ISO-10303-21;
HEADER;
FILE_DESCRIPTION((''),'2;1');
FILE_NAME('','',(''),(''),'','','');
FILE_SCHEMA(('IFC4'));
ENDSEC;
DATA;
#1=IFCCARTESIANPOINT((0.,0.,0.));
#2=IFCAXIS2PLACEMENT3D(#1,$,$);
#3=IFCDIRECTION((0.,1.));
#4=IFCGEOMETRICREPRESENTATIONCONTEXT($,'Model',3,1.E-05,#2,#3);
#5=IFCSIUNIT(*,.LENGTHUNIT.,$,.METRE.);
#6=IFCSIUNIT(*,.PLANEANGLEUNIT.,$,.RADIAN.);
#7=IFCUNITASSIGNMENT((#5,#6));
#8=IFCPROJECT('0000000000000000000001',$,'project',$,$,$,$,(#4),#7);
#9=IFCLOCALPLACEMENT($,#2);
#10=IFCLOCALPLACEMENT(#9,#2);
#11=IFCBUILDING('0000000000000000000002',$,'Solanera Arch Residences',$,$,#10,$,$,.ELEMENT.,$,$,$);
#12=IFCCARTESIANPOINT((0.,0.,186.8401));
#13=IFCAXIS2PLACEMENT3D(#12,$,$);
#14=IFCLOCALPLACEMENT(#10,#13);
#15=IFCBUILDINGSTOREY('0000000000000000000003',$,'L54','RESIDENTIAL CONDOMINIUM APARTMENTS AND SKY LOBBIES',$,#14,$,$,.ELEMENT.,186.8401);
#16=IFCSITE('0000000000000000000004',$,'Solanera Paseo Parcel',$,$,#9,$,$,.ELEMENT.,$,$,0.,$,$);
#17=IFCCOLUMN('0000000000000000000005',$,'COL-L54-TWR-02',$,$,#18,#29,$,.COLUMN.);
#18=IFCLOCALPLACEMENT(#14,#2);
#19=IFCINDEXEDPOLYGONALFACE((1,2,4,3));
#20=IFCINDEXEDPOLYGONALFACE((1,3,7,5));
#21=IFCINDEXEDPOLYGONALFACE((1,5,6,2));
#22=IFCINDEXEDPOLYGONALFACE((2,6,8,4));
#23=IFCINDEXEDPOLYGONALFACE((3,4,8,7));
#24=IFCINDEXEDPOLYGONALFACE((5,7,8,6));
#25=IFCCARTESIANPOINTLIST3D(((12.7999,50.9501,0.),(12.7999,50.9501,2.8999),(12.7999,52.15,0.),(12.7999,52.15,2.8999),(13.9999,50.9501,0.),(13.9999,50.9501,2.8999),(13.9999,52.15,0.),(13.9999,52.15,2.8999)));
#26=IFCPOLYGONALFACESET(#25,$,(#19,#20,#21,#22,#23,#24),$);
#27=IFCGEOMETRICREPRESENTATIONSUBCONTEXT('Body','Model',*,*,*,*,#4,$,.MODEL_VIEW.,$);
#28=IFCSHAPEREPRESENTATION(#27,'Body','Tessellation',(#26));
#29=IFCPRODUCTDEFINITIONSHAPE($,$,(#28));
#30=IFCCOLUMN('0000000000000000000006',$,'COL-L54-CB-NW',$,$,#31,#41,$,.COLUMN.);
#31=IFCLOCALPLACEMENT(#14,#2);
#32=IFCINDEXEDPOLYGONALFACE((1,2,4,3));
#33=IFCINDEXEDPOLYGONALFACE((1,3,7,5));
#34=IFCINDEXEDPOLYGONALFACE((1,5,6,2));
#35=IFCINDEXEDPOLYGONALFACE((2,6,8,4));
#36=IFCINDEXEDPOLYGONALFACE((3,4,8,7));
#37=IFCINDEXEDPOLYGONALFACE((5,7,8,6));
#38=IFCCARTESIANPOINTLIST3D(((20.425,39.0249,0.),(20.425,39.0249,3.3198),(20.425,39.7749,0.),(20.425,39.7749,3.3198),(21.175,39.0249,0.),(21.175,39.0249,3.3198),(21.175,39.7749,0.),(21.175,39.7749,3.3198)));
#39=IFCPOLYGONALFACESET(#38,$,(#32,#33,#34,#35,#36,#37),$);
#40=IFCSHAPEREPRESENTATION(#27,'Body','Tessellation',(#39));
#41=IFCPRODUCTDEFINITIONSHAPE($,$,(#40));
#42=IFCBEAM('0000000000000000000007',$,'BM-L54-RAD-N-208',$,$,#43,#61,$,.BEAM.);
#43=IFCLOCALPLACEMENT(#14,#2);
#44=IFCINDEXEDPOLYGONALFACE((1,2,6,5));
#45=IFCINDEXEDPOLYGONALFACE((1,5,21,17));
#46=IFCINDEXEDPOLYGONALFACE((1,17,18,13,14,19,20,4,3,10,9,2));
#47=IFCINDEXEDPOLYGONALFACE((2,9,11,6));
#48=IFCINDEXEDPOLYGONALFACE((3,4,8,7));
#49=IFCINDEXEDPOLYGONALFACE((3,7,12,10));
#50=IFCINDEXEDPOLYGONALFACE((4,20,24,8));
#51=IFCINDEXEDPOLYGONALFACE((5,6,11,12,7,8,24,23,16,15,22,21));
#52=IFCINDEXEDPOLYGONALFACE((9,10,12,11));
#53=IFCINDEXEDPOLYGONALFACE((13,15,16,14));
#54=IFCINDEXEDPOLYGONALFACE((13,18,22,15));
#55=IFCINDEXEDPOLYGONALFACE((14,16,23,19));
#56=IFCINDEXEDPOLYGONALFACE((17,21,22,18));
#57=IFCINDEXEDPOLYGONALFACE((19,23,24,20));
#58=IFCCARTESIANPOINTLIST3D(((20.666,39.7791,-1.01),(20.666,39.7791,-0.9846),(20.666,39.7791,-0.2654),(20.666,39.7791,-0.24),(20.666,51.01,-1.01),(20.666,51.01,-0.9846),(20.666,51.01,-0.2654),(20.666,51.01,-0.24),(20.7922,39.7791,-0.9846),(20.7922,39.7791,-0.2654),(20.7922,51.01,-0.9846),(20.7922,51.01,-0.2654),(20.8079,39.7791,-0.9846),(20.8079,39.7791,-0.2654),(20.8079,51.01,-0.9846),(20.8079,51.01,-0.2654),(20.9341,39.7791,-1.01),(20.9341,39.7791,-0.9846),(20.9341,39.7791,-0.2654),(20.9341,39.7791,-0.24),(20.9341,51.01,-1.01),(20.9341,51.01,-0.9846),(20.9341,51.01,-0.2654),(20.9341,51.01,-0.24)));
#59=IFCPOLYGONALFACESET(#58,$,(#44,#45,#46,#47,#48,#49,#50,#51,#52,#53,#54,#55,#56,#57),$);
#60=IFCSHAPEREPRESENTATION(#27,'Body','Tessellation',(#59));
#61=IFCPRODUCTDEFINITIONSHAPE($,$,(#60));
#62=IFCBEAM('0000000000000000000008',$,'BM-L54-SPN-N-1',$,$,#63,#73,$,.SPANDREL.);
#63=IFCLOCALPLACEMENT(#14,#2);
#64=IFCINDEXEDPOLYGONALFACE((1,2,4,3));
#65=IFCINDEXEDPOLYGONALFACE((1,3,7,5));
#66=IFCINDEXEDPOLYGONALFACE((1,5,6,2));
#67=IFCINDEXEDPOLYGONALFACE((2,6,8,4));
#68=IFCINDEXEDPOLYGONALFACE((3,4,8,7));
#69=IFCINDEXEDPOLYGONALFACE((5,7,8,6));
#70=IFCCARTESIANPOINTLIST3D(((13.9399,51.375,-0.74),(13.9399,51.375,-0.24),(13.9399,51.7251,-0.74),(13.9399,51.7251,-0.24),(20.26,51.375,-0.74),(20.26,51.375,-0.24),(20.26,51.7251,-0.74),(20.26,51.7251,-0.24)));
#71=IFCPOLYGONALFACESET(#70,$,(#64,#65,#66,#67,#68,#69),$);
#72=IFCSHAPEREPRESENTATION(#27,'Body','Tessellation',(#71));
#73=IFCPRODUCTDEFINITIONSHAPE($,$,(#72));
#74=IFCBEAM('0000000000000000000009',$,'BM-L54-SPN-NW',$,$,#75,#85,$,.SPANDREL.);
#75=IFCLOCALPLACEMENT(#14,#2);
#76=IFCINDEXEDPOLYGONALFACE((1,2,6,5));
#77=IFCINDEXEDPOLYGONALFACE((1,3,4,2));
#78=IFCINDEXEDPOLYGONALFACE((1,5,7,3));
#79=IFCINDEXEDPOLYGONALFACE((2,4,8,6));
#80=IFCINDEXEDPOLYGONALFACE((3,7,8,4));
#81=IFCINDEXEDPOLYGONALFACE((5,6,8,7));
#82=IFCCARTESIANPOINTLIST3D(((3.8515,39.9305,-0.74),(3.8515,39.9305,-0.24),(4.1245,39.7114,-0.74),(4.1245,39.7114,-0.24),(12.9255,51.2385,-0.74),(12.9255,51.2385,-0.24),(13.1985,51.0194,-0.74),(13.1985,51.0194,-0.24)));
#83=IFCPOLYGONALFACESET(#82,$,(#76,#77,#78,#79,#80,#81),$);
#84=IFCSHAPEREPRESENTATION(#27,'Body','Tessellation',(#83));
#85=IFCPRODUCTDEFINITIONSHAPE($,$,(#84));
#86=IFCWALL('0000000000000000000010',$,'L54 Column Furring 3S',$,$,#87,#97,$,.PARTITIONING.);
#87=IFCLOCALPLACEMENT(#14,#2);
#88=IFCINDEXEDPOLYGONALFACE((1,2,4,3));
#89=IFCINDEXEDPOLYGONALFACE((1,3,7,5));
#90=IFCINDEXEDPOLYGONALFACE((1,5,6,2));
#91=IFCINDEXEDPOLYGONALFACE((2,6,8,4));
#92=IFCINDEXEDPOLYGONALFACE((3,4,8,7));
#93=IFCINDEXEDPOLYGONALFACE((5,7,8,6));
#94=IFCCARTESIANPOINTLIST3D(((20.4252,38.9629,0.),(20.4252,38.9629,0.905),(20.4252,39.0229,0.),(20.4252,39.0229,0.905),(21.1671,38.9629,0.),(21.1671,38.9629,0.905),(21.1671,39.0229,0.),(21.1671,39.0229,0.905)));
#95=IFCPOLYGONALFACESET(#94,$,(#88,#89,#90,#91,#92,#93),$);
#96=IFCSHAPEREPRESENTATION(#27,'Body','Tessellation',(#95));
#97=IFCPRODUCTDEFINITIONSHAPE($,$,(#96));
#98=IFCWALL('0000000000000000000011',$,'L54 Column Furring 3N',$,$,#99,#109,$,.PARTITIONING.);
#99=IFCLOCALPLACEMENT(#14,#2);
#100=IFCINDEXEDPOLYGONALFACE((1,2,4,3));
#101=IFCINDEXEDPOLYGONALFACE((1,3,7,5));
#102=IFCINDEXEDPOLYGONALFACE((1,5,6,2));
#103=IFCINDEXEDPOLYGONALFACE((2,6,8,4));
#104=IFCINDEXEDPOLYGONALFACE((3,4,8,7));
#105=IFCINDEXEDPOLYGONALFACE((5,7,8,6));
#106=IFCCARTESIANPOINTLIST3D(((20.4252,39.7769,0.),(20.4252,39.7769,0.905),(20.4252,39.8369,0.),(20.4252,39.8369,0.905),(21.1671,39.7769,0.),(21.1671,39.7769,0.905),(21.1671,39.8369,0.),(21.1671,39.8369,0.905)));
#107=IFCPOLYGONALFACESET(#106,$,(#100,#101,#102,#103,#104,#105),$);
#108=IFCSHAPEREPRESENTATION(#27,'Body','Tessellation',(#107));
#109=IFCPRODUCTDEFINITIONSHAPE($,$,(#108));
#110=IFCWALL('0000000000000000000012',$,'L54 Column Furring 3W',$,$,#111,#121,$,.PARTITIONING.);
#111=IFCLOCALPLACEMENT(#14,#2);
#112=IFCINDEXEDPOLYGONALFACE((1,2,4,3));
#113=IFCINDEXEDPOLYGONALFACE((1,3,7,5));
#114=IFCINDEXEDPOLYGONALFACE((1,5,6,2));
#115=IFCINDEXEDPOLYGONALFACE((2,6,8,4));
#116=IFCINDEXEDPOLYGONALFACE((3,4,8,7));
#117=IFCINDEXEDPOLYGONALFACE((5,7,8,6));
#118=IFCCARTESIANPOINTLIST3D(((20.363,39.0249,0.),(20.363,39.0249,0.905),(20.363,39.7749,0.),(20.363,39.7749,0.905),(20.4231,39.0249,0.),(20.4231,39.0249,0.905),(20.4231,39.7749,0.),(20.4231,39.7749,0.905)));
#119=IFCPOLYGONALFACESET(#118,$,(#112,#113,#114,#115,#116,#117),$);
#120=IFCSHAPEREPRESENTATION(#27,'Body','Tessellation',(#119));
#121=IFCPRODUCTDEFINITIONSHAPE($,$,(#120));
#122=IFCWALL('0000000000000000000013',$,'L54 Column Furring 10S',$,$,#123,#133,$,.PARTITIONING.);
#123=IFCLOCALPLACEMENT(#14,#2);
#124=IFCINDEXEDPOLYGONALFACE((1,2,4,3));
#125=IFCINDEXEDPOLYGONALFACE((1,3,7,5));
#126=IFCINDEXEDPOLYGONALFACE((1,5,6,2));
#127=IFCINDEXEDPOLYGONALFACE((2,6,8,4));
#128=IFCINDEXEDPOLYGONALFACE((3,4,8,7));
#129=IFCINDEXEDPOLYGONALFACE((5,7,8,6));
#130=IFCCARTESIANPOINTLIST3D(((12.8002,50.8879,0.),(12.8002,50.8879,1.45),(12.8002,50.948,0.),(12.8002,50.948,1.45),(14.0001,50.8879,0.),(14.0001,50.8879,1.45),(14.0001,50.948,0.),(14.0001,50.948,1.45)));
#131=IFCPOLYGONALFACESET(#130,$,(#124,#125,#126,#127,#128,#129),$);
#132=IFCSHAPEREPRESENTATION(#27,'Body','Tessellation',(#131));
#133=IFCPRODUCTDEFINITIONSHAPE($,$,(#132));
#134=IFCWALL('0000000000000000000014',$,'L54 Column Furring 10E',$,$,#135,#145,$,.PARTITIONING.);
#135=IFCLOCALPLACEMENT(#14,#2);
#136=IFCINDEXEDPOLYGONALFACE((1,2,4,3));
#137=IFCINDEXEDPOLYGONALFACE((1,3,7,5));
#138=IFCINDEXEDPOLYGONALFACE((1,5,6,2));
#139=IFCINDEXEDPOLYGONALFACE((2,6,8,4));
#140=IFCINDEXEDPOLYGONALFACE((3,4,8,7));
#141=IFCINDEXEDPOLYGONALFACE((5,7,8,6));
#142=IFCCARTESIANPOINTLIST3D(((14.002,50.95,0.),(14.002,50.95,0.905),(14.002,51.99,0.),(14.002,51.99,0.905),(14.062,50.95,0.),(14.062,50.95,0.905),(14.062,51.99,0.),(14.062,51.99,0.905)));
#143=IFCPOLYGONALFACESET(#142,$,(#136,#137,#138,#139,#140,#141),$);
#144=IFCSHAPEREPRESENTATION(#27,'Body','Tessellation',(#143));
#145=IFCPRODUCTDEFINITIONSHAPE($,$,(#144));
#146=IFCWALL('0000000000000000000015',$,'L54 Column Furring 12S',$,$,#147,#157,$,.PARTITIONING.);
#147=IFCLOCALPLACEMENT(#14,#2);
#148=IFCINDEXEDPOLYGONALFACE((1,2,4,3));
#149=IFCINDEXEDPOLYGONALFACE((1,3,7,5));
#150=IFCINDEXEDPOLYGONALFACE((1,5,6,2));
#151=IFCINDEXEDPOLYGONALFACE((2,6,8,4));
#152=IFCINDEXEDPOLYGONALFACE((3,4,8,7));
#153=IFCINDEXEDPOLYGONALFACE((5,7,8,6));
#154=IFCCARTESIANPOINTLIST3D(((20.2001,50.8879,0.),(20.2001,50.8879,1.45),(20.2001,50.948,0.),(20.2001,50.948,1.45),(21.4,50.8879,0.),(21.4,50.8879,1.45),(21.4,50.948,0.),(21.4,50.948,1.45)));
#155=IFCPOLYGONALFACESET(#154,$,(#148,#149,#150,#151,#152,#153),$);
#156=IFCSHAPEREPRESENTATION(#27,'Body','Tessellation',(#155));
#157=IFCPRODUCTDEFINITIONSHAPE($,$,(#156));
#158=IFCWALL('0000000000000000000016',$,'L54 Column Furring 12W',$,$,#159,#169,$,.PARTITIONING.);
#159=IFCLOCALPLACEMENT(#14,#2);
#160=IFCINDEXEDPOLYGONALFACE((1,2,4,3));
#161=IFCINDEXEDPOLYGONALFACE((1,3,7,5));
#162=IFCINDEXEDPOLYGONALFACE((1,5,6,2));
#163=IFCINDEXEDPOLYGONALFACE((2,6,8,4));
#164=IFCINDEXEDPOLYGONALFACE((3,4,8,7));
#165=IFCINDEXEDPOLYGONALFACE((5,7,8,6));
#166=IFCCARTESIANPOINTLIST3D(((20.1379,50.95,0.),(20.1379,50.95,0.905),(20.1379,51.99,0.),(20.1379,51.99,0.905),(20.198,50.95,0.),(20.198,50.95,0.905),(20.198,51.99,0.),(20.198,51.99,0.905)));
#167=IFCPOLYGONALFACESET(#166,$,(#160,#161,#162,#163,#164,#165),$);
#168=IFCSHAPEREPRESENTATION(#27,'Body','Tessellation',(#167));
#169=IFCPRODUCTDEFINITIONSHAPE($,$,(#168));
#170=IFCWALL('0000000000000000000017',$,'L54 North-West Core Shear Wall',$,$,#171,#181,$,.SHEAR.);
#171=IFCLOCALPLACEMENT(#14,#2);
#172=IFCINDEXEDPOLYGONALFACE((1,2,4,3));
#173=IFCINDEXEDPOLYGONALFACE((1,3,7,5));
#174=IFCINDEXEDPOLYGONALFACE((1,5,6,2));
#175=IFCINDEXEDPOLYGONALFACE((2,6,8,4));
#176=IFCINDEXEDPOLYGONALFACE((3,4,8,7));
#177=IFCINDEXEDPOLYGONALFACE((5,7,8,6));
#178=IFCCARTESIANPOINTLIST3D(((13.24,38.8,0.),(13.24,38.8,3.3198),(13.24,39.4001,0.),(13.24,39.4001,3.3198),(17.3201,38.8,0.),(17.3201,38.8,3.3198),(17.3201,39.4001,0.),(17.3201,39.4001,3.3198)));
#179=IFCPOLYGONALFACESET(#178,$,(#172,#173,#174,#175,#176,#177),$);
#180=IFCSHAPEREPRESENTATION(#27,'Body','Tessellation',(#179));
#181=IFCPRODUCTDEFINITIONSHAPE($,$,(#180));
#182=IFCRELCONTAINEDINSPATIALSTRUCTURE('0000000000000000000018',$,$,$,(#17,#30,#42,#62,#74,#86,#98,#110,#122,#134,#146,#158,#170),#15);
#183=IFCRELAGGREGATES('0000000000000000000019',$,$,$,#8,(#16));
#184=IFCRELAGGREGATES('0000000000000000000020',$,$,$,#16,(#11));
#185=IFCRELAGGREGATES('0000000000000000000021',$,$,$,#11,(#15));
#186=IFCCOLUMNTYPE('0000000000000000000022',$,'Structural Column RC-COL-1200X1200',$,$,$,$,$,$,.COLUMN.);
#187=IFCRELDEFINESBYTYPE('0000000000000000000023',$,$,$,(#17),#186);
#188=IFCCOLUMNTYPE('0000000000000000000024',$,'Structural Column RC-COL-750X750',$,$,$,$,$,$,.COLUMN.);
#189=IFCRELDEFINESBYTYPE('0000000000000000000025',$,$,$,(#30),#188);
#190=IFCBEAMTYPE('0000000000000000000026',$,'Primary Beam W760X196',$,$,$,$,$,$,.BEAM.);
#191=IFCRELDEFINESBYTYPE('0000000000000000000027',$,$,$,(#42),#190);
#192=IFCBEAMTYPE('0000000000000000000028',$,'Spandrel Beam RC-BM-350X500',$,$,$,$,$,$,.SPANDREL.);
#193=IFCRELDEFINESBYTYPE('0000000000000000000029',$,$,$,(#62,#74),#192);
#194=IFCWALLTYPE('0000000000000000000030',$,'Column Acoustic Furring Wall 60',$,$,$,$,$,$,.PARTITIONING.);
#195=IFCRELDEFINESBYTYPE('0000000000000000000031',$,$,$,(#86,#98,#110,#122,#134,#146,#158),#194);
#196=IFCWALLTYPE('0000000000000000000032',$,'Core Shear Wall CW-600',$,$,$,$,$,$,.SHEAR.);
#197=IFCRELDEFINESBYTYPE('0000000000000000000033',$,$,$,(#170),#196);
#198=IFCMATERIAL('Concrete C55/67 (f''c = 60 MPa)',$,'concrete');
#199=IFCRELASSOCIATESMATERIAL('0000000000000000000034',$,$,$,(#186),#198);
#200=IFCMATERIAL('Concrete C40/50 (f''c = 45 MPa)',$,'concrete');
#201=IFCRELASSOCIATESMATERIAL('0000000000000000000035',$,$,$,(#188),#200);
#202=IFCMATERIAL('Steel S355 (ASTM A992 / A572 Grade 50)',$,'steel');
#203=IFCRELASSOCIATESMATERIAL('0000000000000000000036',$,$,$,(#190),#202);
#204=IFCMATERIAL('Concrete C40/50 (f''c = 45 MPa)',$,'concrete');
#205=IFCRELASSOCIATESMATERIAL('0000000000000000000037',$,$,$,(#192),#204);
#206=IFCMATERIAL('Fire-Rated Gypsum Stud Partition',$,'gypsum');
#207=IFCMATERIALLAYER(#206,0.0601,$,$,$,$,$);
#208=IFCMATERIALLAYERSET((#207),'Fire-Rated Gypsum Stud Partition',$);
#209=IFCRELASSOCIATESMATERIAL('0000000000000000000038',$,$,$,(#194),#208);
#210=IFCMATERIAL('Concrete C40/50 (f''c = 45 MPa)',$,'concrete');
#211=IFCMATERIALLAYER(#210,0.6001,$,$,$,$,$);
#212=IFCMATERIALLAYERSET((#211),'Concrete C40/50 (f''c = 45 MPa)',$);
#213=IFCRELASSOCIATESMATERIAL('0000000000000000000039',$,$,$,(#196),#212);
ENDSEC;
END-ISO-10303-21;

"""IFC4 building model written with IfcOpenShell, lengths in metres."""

from ifc_helpers import new_model, si_unit, direction, frame, frame_2d, origin, origin_2d, place, context, subcontext, project, spatial, rectangle, i_section, extrude, material, layer, layer_set, material_profile, profile_set, type_object, element, save


model = new_model("IFC4")

# Units and contexts
model_context = context("Model", 3, precision=1e-05, world=origin(), true_north=direction((0.0, 1.0)))
body_context = subcontext(model_context, "Body", "Model", "MODEL_VIEW")
ifc_project = project(units=[si_unit("LENGTHUNIT", "METRE"), si_unit("PLANEANGLEUNIT", "RADIAN")], contexts=[model_context])

# Site, building, storey
site_placement = place(None, origin())
site = spatial("IfcSite", under=ifc_project, at=site_placement, Name="Solanera Paseo Parcel", CompositionType="ELEMENT", RefElevation=0.0)
building_placement = place(site_placement, origin())
building = spatial("IfcBuilding", under=site, at=building_placement, Name="Solanera Arch Residences", CompositionType="ELEMENT")
storey_placement = place(building_placement, frame((0.0, 0.0, 186.8401)))
storey = spatial("IfcBuildingStorey", under=building, at=storey_placement, Name="L54", Description="RESIDENTIAL CONDOMINIUM APARTMENTS AND SKY LOBBIES", CompositionType="ELEMENT", Elevation=186.8401)

# Columns
ifc_material_1 = material(Name="Concrete C55/67 (f'c = 60 MPa)", Category="concrete")
ifc_material_profile_1 = material_profile(ifc_material_1, rectangle(XDim=1.2, YDim=1.2, at=origin_2d()))
ifc_profile_set_1 = profile_set([ifc_material_profile_1], Name="Concrete C55/67 (f'c = 60 MPa)")
column_type_1 = type_object("IfcColumnType", Name="Structural Column RC-COL-1200X1200", PredefinedType="COLUMN", material=ifc_profile_set_1)
column_1_placement = place(storey_placement, frame((13.3999, 51.55, 0.0), z_axis=(0.0, 0.0, 1.0), x_axis=(1.0, 0.0, 0.0)))
element("IfcColumn", 1, at=column_1_placement, inside=storey, type_object=column_type_1, Name="COL-L54-TWR-02", PredefinedType="COLUMN", context=body_context, shape_type="SweptSolid", body=[
    extrude(rectangle(XDim=1.2, YDim=1.2, at=origin_2d()), origin(), (0.0, 0.0, 1.0), 2.8999),
])
ifc_material_2 = material(Name="Concrete C40/50 (f'c = 45 MPa)", Category="concrete")
ifc_material_profile_2 = material_profile(ifc_material_2, rectangle(XDim=0.75, YDim=0.75, at=origin_2d()))
ifc_profile_set_2 = profile_set([ifc_material_profile_2], Name="Concrete C40/50 (f'c = 45 MPa)")
column_type_2 = type_object("IfcColumnType", Name="Structural Column RC-COL-750X750", PredefinedType="COLUMN", material=ifc_profile_set_2)
column_2_placement = place(storey_placement, frame((20.8, 39.3999, 0.0), z_axis=(0.0, 0.0, 1.0), x_axis=(1.0, 0.0, 0.0)))
element("IfcColumn", 2, at=column_2_placement, inside=storey, type_object=column_type_2, Name="COL-L54-CB-NW", PredefinedType="COLUMN", context=body_context, shape_type="SweptSolid", body=[
    extrude(rectangle(XDim=0.75, YDim=0.75, at=origin_2d()), origin(), (0.0, 0.0, 1.0), 3.3198),
])

# Beams
ifc_material_3 = material(Name="Steel S355 (ASTM A992 / A572 Grade 50)", Category="steel")
ifc_material_profile_3 = material_profile(ifc_material_3, i_section(OverallWidth=0.2681, OverallDepth=0.77, WebThickness=0.0156, FlangeThickness=0.0254, at=origin_2d()))
ifc_profile_set_3 = profile_set([ifc_material_profile_3], Name="Steel S355 (ASTM A992 / A572 Grade 50)")
beam_type_1 = type_object("IfcBeamType", Name="Primary Beam W760X196", PredefinedType="BEAM", material=ifc_profile_set_3)
beam_1_placement = place(storey_placement, frame((20.8, 39.7791, -0.625), z_axis=(0.0, 1.0, 0.0), x_axis=(-1.0, 0.0, 0.0)))
element("IfcBeam", 3, at=beam_1_placement, inside=storey, type_object=beam_type_1, Name="BM-L54-RAD-N-208", PredefinedType="BEAM", context=body_context, shape_type="SweptSolid", body=[
    extrude(i_section(OverallWidth=0.2681, OverallDepth=0.77, WebThickness=0.0156, FlangeThickness=0.0254, at=origin_2d()), origin(), (0.0, 0.0, 1.0), 11.231),
])
ifc_material_4 = material(Name="Concrete C40/50 (f'c = 45 MPa)", Category="concrete")
ifc_material_profile_4 = material_profile(ifc_material_4, rectangle(XDim=0.3501, YDim=0.5, at=origin_2d()))
ifc_profile_set_4 = profile_set([ifc_material_profile_4], Name="Concrete C40/50 (f'c = 45 MPa)")
beam_type_2 = type_object("IfcBeamType", Name="Spandrel Beam RC-BM-350X500", PredefinedType="SPANDREL", material=ifc_profile_set_4)
beam_2_placement = place(storey_placement, frame((13.9399, 51.55, -0.49), z_axis=(1.0, 0.0, 0.0), x_axis=(0.0, 1.0, 0.0)))
element("IfcBeam", 4, at=beam_2_placement, inside=storey, type_object=beam_type_2, Name="BM-L54-SPN-N-1", PredefinedType="SPANDREL", context=body_context, shape_type="SweptSolid", body=[
    extrude(rectangle(XDim=0.3501, YDim=0.5, at=origin_2d()), origin(), (0.0, 0.0, 1.0), 6.3201),
])
beam_3_placement = place(storey_placement, frame((13.062, 51.1289, -0.49), z_axis=(-0.625859, -0.779936, 0.0), x_axis=(0.779936, -0.625859, 0.0)))
element("IfcBeam", 5, at=beam_3_placement, inside=storey, type_object=beam_type_2, Name="BM-L54-SPN-NW", PredefinedType="SPANDREL", context=body_context, shape_type="SweptSolid", body=[
    extrude(rectangle(XDim=0.3501, YDim=0.5, at=origin_2d()), origin(), (0.0, 0.0, 1.0), 14.4985),
])

# Walls
ifc_material_5 = material(Name="Fire-Rated Gypsum Stud Partition", Category="gypsum")
ifc_layer_1 = layer(ifc_material_5, 0.0601)
ifc_layer_set_1 = layer_set([ifc_layer_1], Name="Fire-Rated Gypsum Stud Partition")
wall_type_1 = type_object("IfcWallType", Name="Column Acoustic Furring Wall 60", PredefinedType="PARTITIONING", material=ifc_layer_set_1)
for number, where, z_axis, x_axis, name in (
    (6, (20.425, 38.9929, 0.0), (0.0, 0.0, 1.0), (1.0, 0.0, 0.0), "L54 Column Furring 3S"),
    (7, (20.425, 39.8069, 0.0), (0.0, 0.0, 1.0), (1.0, 0.0, 0.0), "L54 Column Furring 3N"),
):
    element("IfcWall", number, at=place(storey_placement, frame(where, z_axis=z_axis, x_axis=x_axis)), inside=storey, type_object=wall_type_1, Name=name, PredefinedType="PARTITIONING", context=body_context, shape_type="SweptSolid", body=[
        extrude(rectangle(XDim=0.7419, YDim=0.0601, at=frame_2d((0.3711, 0.0))), origin(), (0.0, 0.0, 1.0), 0.905),
    ])
wall_1_placement = place(storey_placement, frame((20.3931, 39.0249, 0.0), z_axis=(0.0, 0.0, 1.0), x_axis=(0.0, 1.0, 0.0)))
element("IfcWall", 8, at=wall_1_placement, inside=storey, type_object=wall_type_1, Name="L54 Column Furring 3W", PredefinedType="PARTITIONING", context=body_context, shape_type="SweptSolid", body=[
    extrude(rectangle(XDim=0.75, YDim=0.0601, at=frame_2d((0.375, 0.0))), origin(), (0.0, 0.0, 1.0), 0.905),
])
wall_2_placement = place(storey_placement, frame((12.8, 50.918, 0.0), z_axis=(0.0, 0.0, 1.0), x_axis=(1.0, 0.0, 0.0)))
element("IfcWall", 9, at=wall_2_placement, inside=storey, type_object=wall_type_1, Name="L54 Column Furring 10S", PredefinedType="PARTITIONING", context=body_context, shape_type="SweptSolid", body=[
    extrude(rectangle(XDim=1.2, YDim=0.0601, at=frame_2d((0.6001, 0.0))), origin(), (0.0, 0.0, 1.0), 1.45),
])
wall_3_placement = place(storey_placement, frame((14.032, 50.95, 0.0), z_axis=(0.0, 0.0, 1.0), x_axis=(0.0, 1.0, 0.0)))
element("IfcWall", 10, at=wall_3_placement, inside=storey, type_object=wall_type_1, Name="L54 Column Furring 10E", PredefinedType="PARTITIONING", context=body_context, shape_type="SweptSolid", body=[
    extrude(rectangle(XDim=1.04, YDim=0.0601, at=frame_2d((0.52, 0.0))), origin(), (0.0, 0.0, 1.0), 0.905),
])
wall_4_placement = place(storey_placement, frame((20.2, 50.918, 0.0), z_axis=(0.0, 0.0, 1.0), x_axis=(1.0, 0.0, 0.0)))
element("IfcWall", 11, at=wall_4_placement, inside=storey, type_object=wall_type_1, Name="L54 Column Furring 12S", PredefinedType="PARTITIONING", context=body_context, shape_type="SweptSolid", body=[
    extrude(rectangle(XDim=1.2, YDim=0.0601, at=frame_2d((0.6001, 0.0))), origin(), (0.0, 0.0, 1.0), 1.45),
])
wall_5_placement = place(storey_placement, frame((20.168, 50.95, 0.0), z_axis=(0.0, 0.0, 1.0), x_axis=(0.0, 1.0, 0.0)))
element("IfcWall", 12, at=wall_5_placement, inside=storey, type_object=wall_type_1, Name="L54 Column Furring 12W", PredefinedType="PARTITIONING", context=body_context, shape_type="SweptSolid", body=[
    extrude(rectangle(XDim=1.04, YDim=0.0601, at=frame_2d((0.52, 0.0))), origin(), (0.0, 0.0, 1.0), 0.905),
])
ifc_material_6 = material(Name="Concrete C40/50 (f'c = 45 MPa)", Category="concrete")
ifc_layer_2 = layer(ifc_material_6, 0.6001)
ifc_layer_set_2 = layer_set([ifc_layer_2], Name="Concrete C40/50 (f'c = 45 MPa)")
wall_type_2 = type_object("IfcWallType", Name="Core Shear Wall CW-600", PredefinedType="SHEAR", material=ifc_layer_set_2)
wall_6_placement = place(storey_placement, frame((13.24, 39.1001, 0.0), z_axis=(0.0, 0.0, 1.0), x_axis=(1.0, 0.0, 0.0)))
element("IfcWall", 13, at=wall_6_placement, inside=storey, type_object=wall_type_2, Name="L54 North-West Core Shear Wall", PredefinedType="SHEAR", context=body_context, shape_type="SweptSolid", body=[
    extrude(rectangle(XDim=4.0801, YDim=0.6001, at=frame_2d((2.04, 0.0))), origin(), (0.0, 0.0, 1.0), 3.3198),
])

save(model, "model.ifc")
